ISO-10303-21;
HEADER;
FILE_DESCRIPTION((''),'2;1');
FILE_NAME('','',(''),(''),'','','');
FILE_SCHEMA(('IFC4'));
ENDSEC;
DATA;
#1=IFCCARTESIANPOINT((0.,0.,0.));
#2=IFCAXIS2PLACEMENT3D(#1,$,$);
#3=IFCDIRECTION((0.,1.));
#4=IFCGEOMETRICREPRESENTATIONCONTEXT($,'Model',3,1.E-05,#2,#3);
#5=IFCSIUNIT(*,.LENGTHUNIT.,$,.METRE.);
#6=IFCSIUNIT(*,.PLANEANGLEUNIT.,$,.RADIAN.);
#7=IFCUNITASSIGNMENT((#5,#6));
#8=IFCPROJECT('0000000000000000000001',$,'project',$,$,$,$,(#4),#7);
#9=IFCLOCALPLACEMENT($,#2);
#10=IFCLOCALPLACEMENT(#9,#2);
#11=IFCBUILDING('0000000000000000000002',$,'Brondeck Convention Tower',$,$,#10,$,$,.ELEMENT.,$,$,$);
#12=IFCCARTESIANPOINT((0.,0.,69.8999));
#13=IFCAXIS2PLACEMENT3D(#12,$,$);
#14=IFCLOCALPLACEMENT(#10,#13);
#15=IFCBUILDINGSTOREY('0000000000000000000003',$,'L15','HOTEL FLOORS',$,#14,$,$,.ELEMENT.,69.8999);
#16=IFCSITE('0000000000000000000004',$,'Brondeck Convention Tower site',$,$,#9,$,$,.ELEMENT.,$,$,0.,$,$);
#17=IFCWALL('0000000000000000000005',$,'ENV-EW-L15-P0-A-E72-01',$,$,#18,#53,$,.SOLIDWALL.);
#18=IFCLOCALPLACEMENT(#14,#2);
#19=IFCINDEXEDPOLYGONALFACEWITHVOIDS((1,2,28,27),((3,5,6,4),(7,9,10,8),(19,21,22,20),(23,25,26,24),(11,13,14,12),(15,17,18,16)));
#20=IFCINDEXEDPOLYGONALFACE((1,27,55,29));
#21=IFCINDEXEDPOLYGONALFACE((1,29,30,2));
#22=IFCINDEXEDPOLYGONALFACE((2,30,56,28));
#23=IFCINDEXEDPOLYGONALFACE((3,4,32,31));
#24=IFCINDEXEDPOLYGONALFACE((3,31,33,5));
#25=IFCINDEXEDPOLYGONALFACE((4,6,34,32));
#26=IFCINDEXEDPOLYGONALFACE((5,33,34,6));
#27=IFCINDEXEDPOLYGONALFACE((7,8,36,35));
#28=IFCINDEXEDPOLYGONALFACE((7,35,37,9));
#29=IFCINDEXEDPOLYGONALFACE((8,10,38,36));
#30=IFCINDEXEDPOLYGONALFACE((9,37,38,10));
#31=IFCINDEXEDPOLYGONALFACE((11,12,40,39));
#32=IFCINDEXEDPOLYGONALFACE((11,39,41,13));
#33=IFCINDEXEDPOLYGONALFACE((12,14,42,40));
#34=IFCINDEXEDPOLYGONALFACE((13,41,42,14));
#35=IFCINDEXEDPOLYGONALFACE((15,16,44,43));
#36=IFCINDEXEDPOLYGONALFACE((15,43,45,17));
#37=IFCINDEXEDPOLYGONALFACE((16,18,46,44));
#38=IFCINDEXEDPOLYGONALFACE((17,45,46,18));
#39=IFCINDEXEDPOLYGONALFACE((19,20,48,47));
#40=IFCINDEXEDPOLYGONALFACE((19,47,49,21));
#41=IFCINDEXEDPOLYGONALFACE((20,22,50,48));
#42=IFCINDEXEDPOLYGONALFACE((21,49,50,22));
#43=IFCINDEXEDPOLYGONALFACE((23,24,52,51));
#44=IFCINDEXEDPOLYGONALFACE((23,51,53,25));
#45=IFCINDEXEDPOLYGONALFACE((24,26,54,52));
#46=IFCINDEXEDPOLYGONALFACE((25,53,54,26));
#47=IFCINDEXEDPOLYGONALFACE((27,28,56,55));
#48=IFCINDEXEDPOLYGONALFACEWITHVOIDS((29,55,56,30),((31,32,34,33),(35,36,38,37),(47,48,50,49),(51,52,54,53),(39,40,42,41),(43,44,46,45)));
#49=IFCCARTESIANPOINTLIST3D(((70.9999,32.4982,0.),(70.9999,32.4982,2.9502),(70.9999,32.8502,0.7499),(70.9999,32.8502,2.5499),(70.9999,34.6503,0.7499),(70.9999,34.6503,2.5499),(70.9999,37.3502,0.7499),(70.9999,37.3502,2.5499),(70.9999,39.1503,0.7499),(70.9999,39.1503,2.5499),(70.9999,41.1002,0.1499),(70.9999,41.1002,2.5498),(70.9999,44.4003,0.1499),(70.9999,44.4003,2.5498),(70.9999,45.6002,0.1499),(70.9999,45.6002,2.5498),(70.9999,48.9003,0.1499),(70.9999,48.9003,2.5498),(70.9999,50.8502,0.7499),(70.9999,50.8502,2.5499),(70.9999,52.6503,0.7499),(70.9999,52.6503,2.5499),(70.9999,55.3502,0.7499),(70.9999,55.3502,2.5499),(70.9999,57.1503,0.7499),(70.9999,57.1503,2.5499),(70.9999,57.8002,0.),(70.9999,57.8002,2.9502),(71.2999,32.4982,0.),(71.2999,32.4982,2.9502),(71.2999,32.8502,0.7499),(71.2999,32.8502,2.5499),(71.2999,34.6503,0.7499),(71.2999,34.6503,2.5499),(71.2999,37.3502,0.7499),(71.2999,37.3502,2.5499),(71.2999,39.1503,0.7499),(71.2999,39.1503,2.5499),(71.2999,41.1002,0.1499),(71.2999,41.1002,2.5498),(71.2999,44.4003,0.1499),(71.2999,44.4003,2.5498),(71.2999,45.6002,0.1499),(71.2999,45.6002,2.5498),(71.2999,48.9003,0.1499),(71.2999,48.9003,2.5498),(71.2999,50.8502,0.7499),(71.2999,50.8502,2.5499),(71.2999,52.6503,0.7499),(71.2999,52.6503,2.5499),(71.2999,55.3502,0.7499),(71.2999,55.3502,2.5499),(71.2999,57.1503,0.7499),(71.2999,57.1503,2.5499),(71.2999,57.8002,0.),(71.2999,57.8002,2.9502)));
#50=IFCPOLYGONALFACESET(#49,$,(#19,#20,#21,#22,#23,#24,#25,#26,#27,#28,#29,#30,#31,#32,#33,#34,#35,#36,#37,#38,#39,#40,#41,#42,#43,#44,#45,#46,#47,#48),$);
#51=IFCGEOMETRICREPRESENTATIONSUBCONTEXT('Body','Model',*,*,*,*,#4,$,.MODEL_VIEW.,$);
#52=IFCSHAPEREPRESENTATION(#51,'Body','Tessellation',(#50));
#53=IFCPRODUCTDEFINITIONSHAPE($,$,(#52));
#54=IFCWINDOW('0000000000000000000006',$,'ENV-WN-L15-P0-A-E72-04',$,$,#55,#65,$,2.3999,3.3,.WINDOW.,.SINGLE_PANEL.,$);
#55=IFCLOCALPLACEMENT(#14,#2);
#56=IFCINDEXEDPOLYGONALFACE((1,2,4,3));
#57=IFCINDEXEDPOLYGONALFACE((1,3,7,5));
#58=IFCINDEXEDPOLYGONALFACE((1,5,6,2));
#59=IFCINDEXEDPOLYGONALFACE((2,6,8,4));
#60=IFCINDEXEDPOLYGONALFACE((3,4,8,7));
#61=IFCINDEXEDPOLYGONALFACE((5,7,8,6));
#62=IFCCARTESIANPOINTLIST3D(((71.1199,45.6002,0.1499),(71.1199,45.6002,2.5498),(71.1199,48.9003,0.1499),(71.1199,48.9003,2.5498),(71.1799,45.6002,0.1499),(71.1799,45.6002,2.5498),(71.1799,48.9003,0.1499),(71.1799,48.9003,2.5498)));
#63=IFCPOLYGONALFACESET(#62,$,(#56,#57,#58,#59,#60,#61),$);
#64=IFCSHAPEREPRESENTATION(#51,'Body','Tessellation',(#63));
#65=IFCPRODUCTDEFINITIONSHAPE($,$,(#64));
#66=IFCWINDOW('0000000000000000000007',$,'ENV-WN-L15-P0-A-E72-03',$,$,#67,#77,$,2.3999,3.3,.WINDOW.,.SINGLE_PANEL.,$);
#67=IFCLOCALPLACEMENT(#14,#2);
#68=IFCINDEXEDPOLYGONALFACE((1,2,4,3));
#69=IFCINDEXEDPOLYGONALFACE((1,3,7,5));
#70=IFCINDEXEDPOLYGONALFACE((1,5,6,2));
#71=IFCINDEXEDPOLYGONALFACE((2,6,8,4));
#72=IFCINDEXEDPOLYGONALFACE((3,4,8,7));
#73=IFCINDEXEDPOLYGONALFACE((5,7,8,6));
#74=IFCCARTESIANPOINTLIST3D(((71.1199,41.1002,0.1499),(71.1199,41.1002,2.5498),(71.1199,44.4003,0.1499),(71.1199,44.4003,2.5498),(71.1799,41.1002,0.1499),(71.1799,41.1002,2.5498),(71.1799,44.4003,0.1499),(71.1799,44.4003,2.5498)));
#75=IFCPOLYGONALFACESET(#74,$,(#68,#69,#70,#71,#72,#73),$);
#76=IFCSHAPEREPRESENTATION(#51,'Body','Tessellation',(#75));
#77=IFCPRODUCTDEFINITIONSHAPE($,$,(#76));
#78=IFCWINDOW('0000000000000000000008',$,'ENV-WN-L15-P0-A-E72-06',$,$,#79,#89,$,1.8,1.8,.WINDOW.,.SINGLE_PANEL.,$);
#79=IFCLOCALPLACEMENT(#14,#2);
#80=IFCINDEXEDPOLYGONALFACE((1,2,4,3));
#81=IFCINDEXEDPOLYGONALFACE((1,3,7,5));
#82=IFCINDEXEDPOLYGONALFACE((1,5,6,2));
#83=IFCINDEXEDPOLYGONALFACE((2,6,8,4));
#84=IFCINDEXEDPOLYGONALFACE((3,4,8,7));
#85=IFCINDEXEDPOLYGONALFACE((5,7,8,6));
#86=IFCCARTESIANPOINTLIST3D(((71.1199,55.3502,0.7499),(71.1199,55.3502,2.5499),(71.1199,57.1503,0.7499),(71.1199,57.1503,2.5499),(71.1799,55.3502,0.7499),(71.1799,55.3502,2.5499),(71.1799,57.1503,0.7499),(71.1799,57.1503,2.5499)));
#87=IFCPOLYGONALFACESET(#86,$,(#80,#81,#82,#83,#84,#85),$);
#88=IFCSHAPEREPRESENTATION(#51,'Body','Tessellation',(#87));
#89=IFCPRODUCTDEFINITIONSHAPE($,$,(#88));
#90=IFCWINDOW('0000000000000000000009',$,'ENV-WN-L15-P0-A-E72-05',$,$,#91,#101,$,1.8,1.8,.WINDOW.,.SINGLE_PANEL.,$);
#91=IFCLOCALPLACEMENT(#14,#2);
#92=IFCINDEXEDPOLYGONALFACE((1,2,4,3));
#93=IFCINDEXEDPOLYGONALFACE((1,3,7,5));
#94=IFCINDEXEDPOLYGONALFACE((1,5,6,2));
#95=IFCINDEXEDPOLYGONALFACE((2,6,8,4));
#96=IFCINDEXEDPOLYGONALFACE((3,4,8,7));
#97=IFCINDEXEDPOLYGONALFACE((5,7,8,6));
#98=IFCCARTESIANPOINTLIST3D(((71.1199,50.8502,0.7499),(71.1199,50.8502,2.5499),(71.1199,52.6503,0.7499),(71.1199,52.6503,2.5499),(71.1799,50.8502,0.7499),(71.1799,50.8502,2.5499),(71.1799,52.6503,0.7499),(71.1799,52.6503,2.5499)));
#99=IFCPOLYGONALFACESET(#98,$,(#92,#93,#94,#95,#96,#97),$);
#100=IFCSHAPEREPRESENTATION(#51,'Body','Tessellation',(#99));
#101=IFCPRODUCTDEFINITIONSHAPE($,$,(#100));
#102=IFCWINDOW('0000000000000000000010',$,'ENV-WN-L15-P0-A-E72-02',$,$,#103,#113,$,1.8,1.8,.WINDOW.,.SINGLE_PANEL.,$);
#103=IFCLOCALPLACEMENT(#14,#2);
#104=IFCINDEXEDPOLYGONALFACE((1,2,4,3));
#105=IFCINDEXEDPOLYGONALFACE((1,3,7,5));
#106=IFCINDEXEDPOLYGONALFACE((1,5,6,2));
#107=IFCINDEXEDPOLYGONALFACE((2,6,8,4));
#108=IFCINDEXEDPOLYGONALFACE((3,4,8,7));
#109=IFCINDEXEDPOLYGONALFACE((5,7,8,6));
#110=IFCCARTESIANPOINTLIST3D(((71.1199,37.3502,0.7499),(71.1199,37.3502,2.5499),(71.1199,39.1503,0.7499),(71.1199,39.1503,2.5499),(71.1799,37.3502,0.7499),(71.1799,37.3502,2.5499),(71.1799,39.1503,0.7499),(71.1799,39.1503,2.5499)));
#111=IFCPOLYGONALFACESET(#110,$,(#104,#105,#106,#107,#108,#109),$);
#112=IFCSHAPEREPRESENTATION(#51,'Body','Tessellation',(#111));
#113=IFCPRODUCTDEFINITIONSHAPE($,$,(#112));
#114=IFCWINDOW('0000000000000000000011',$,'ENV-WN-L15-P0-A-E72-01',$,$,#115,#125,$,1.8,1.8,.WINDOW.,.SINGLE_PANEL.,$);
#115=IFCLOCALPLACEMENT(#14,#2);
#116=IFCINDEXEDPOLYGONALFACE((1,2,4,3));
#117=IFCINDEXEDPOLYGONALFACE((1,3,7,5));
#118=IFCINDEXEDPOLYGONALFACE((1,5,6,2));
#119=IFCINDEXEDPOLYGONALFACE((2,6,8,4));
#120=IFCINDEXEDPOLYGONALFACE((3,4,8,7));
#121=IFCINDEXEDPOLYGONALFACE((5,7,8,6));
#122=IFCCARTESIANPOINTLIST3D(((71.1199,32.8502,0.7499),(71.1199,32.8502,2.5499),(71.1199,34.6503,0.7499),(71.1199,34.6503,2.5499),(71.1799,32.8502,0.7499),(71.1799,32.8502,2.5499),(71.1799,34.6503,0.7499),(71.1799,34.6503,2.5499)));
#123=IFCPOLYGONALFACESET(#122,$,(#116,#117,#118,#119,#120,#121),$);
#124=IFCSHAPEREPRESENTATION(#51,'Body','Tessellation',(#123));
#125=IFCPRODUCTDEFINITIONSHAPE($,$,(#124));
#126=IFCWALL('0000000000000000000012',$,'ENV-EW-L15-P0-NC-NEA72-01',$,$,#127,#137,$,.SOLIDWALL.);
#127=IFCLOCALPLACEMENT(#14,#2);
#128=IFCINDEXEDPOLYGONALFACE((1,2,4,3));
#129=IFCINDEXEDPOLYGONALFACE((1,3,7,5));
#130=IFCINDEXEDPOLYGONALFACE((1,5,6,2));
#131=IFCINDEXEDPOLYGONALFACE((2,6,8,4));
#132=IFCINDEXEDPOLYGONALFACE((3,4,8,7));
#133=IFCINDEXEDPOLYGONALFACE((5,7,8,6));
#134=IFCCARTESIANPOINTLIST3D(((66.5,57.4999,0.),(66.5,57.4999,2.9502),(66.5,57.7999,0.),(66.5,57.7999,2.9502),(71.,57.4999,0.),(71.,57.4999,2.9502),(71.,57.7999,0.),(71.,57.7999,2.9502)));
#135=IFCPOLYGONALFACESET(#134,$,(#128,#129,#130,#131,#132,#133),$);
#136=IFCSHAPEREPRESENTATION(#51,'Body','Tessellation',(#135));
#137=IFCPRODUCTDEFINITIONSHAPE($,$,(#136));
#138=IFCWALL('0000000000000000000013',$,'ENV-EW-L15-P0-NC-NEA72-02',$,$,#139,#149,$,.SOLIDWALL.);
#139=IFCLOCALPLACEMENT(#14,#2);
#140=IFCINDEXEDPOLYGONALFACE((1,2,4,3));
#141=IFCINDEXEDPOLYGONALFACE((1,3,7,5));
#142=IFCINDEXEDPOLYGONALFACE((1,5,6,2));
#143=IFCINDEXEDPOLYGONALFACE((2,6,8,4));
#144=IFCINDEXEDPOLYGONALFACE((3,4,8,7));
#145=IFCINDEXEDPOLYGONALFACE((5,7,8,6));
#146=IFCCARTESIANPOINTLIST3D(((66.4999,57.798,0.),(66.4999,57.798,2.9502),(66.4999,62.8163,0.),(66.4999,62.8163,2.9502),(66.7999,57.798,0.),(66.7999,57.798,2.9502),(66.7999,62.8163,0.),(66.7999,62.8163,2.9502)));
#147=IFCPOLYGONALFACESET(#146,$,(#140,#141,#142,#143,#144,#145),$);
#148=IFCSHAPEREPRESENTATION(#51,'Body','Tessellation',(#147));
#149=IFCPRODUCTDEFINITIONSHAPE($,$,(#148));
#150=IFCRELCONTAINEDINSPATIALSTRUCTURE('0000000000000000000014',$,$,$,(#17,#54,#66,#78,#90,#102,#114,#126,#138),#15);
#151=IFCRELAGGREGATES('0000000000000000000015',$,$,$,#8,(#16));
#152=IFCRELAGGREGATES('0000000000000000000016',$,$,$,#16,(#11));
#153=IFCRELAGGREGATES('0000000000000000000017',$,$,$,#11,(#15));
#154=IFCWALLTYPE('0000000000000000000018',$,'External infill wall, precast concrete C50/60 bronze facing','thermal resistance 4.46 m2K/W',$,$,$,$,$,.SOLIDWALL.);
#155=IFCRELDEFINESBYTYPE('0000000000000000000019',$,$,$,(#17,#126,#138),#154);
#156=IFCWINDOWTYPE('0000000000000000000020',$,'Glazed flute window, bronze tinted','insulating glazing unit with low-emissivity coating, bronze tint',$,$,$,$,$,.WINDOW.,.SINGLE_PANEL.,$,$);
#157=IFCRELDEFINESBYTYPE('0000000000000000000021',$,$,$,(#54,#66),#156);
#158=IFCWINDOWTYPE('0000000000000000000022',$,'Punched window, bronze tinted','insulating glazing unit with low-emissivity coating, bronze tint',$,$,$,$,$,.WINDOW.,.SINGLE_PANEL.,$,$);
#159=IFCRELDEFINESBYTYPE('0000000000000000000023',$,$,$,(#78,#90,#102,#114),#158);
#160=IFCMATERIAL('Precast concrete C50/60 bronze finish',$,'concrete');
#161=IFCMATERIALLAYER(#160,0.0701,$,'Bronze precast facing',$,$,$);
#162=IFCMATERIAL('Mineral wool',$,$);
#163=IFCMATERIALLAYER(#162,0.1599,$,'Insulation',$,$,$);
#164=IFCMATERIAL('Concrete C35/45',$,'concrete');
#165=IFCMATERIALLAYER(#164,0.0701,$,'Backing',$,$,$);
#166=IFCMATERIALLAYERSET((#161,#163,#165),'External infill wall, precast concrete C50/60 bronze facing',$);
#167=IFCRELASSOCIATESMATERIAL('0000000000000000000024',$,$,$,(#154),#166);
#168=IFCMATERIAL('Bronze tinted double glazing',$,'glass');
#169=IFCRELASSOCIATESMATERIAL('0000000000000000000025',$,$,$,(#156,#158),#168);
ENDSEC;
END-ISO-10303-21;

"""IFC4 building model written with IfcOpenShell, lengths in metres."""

from ifc_helpers import new_model, si_unit, direction, frame, frame_2d, origin, place, context, subcontext, project, spatial, rectangle, extrude, material, layer, layer_set, type_object, element, fill, save


model = new_model("IFC4")

# Units and contexts
model_context = context("Model", 3, precision=1e-05, world=origin(), true_north=direction((0.0, 1.0)))
body_context = subcontext(model_context, "Body", "Model", "MODEL_VIEW")
ifc_project = project(units=[si_unit("LENGTHUNIT", "METRE"), si_unit("PLANEANGLEUNIT", "RADIAN")], contexts=[model_context])

# Site, building, storey
site_placement = place(None, origin())
site = spatial("IfcSite", under=ifc_project, at=site_placement, Name="Brondeck Convention Tower site", CompositionType="ELEMENT", RefElevation=0.0)
building_placement = place(site_placement, origin())
building = spatial("IfcBuilding", under=site, at=building_placement, Name="Brondeck Convention Tower", CompositionType="ELEMENT")
storey_placement = place(building_placement, frame((0.0, 0.0, 69.8999)))
storey = spatial("IfcBuildingStorey", under=building, at=storey_placement, Name="L15", Description="HOTEL FLOORS", CompositionType="ELEMENT", Elevation=69.8999)

# Wall, openings, windows
ifc_material_1 = material(Name="Precast concrete C50/60 bronze finish", Category="concrete")
ifc_layer_1 = layer(ifc_material_1, 0.0701, Name="Bronze precast facing")
ifc_material_2 = material(Name="Mineral wool")
ifc_layer_2 = layer(ifc_material_2, 0.1599, Name="Insulation")
ifc_material_3 = material(Name="Concrete C35/45", Category="concrete")
ifc_layer_3 = layer(ifc_material_3, 0.0701, Name="Backing")
ifc_layer_set_1 = layer_set([ifc_layer_1, ifc_layer_2, ifc_layer_3], Name="External infill wall, precast concrete C50/60 bronze facing")
wall_type_1 = type_object("IfcWallType", Name="External infill wall, precast concrete C50/60 bronze facing", Description="thermal resistance 4.46 m2K/W", PredefinedType="SOLIDWALL", material=ifc_layer_set_1)
wall_1_placement = place(storey_placement, frame((71.1499, 57.8, 0.0), z_axis=(0.0, 0.0, 1.0), x_axis=(0.0, -1.0, 0.0)))
wall_1 = element("IfcWall", 1, at=wall_1_placement, inside=storey, type_object=wall_type_1, Name="ENV-EW-L15-P0-A-E72-01", PredefinedType="SOLIDWALL", context=body_context, shape_type="SweptSolid", body=[
    extrude(rectangle(XDim=25.302, YDim=0.3, at=frame_2d((12.6509, 0.0))), origin(), (0.0, 0.0, 1.0), 2.9502),
])
opening_1_placement = place(wall_1_placement, frame((0.6499, 0.0, 0.75)))
opening_1 = element("IfcOpeningElement", 2, at=opening_1_placement, cuts=wall_1, PredefinedType="OPENING", context=body_context, shape_type="SweptSolid", body=[
    extrude(rectangle(XDim=1.8, YDim=1.8, at=frame_2d((0.8999, 0.8999))), frame((0.0, 0.1599, 0.0), z_axis=(0.0, -1.0, 0.0), x_axis=(1.0, 0.0, 0.0)), (0.0, 0.0, 1.0), 0.3201),
])
opening_2_placement = place(wall_1_placement, frame((5.1499, 0.0, 0.75)))
opening_2 = element("IfcOpeningElement", 3, at=opening_2_placement, cuts=wall_1, PredefinedType="OPENING", context=body_context, shape_type="SweptSolid", body=[
    extrude(rectangle(XDim=1.8, YDim=1.8, at=frame_2d((0.8999, 0.8999))), frame((0.0, 0.1599, 0.0), z_axis=(0.0, -1.0, 0.0), x_axis=(1.0, 0.0, 0.0)), (0.0, 0.0, 1.0), 0.3201),
])
opening_3_placement = place(wall_1_placement, frame((8.8999, 0.0, 0.1499)))
opening_3 = element("IfcOpeningElement", 4, at=opening_3_placement, cuts=wall_1, PredefinedType="OPENING", context=body_context, shape_type="SweptSolid", body=[
    extrude(rectangle(XDim=3.3, YDim=2.3999, at=frame_2d((1.6499, 1.2))), frame((0.0, 0.1599, 0.0), z_axis=(0.0, -1.0, 0.0), x_axis=(1.0, 0.0, 0.0)), (0.0, 0.0, 1.0), 0.3201),
])
opening_4_placement = place(wall_1_placement, frame((13.3999, 0.0, 0.1499)))
opening_4 = element("IfcOpeningElement", 5, at=opening_4_placement, cuts=wall_1, PredefinedType="OPENING", context=body_context, shape_type="SweptSolid", body=[
    extrude(rectangle(XDim=3.3, YDim=2.3999, at=frame_2d((1.6499, 1.2))), frame((0.0, 0.1599, 0.0), z_axis=(0.0, -1.0, 0.0), x_axis=(1.0, 0.0, 0.0)), (0.0, 0.0, 1.0), 0.3201),
])
opening_5_placement = place(wall_1_placement, frame((18.6499, 0.0, 0.75)))
opening_5 = element("IfcOpeningElement", 6, at=opening_5_placement, cuts=wall_1, PredefinedType="OPENING", context=body_context, shape_type="SweptSolid", body=[
    extrude(rectangle(XDim=1.8, YDim=1.8, at=frame_2d((0.8999, 0.8999))), frame((0.0, 0.1599, 0.0), z_axis=(0.0, -1.0, 0.0), x_axis=(1.0, 0.0, 0.0)), (0.0, 0.0, 1.0), 0.3201),
])
opening_6_placement = place(wall_1_placement, frame((23.1499, 0.0, 0.75)))
opening_6 = element("IfcOpeningElement", 7, at=opening_6_placement, cuts=wall_1, PredefinedType="OPENING", context=body_context, shape_type="SweptSolid", body=[
    extrude(rectangle(XDim=1.8, YDim=1.8, at=frame_2d((0.8999, 0.8999))), frame((0.0, 0.1599, 0.0), z_axis=(0.0, -1.0, 0.0), x_axis=(1.0, 0.0, 0.0)), (0.0, 0.0, 1.0), 0.3201),
])
ifc_material_4 = material(Name="Bronze tinted double glazing", Category="glass")
window_type_1 = type_object("IfcWindowType", Name="Glazed flute window, bronze tinted", Description="insulating glazing unit with low-emissivity coating, bronze tint", PartitioningType="SINGLE_PANEL", PredefinedType="WINDOW", material=ifc_material_4)
window_1_placement = place(opening_3_placement, origin())
window_1 = element("IfcWindow", 8, at=window_1_placement, inside=storey, type_object=window_type_1, Name="ENV-WN-L15-P0-A-E72-04", OverallHeight=2.3999, OverallWidth=3.3, PartitioningType="SINGLE_PANEL", PredefinedType="WINDOW", context=body_context, shape_type="SweptSolid", body=[
    extrude(rectangle(XDim=3.3, YDim=2.3999, at=frame_2d((1.6499, 1.2))), frame((0.0, 0.03, 0.0), z_axis=(0.0, -1.0, 0.0), x_axis=(1.0, 0.0, 0.0)), (0.0, 0.0, 1.0), 0.0601),
])
fill(opening_3, window_1)
window_2_placement = place(opening_4_placement, origin())
window_2 = element("IfcWindow", 9, at=window_2_placement, inside=storey, type_object=window_type_1, Name="ENV-WN-L15-P0-A-E72-03", OverallHeight=2.3999, OverallWidth=3.3, PartitioningType="SINGLE_PANEL", PredefinedType="WINDOW", context=body_context, shape_type="SweptSolid", body=[
    extrude(rectangle(XDim=3.3, YDim=2.3999, at=frame_2d((1.6499, 1.2))), frame((0.0, 0.03, 0.0), z_axis=(0.0, -1.0, 0.0), x_axis=(1.0, 0.0, 0.0)), (0.0, 0.0, 1.0), 0.0601),
])
fill(opening_4, window_2)
window_type_2 = type_object("IfcWindowType", Name="Punched window, bronze tinted", Description="insulating glazing unit with low-emissivity coating, bronze tint", PartitioningType="SINGLE_PANEL", PredefinedType="WINDOW", material=ifc_material_4)
window_3_placement = place(opening_1_placement, origin())
window_3 = element("IfcWindow", 10, at=window_3_placement, inside=storey, type_object=window_type_2, Name="ENV-WN-L15-P0-A-E72-06", OverallHeight=1.8, OverallWidth=1.8, PartitioningType="SINGLE_PANEL", PredefinedType="WINDOW", context=body_context, shape_type="SweptSolid", body=[
    extrude(rectangle(XDim=1.8, YDim=1.8, at=frame_2d((0.8999, 0.8999))), frame((0.0, 0.03, 0.0), z_axis=(0.0, -1.0, 0.0), x_axis=(1.0, 0.0, 0.0)), (0.0, 0.0, 1.0), 0.0601),
])
fill(opening_1, window_3)
window_4_placement = place(opening_2_placement, origin())
window_4 = element("IfcWindow", 11, at=window_4_placement, inside=storey, type_object=window_type_2, Name="ENV-WN-L15-P0-A-E72-05", OverallHeight=1.8, OverallWidth=1.8, PartitioningType="SINGLE_PANEL", PredefinedType="WINDOW", context=body_context, shape_type="SweptSolid", body=[
    extrude(rectangle(XDim=1.8, YDim=1.8, at=frame_2d((0.8999, 0.8999))), frame((0.0, 0.03, 0.0), z_axis=(0.0, -1.0, 0.0), x_axis=(1.0, 0.0, 0.0)), (0.0, 0.0, 1.0), 0.0601),
])
fill(opening_2, window_4)
window_5_placement = place(opening_5_placement, origin())
window_5 = element("IfcWindow", 12, at=window_5_placement, inside=storey, type_object=window_type_2, Name="ENV-WN-L15-P0-A-E72-02", OverallHeight=1.8, OverallWidth=1.8, PartitioningType="SINGLE_PANEL", PredefinedType="WINDOW", context=body_context, shape_type="SweptSolid", body=[
    extrude(rectangle(XDim=1.8, YDim=1.8, at=frame_2d((0.8999, 0.8999))), frame((0.0, 0.03, 0.0), z_axis=(0.0, -1.0, 0.0), x_axis=(1.0, 0.0, 0.0)), (0.0, 0.0, 1.0), 0.0601),
])
fill(opening_5, window_5)
window_6_placement = place(opening_6_placement, origin())
window_6 = element("IfcWindow", 13, at=window_6_placement, inside=storey, type_object=window_type_2, Name="ENV-WN-L15-P0-A-E72-01", OverallHeight=1.8, OverallWidth=1.8, PartitioningType="SINGLE_PANEL", PredefinedType="WINDOW", context=body_context, shape_type="SweptSolid", body=[
    extrude(rectangle(XDim=1.8, YDim=1.8, at=frame_2d((0.8999, 0.8999))), frame((0.0, 0.03, 0.0), z_axis=(0.0, -1.0, 0.0), x_axis=(1.0, 0.0, 0.0)), (0.0, 0.0, 1.0), 0.0601),
])
fill(opening_6, window_6)

# Walls
wall_2_placement = place(storey_placement, frame((66.5, 57.6499, 0.0), z_axis=(0.0, 0.0, 1.0), x_axis=(1.0, 0.0, 0.0)))
element("IfcWall", 14, at=wall_2_placement, inside=storey, type_object=wall_type_1, Name="ENV-EW-L15-P0-NC-NEA72-01", PredefinedType="SOLIDWALL", context=body_context, shape_type="SweptSolid", body=[
    extrude(rectangle(XDim=4.5, YDim=0.3, at=frame_2d((2.25, 0.0))), origin(), (0.0, 0.0, 1.0), 2.9502),
])
wall_3_placement = place(storey_placement, frame((66.6499, 62.8164, 0.0), z_axis=(0.0, 0.0, 1.0), x_axis=(0.0, -1.0, 0.0)))
element("IfcWall", 15, at=wall_3_placement, inside=storey, type_object=wall_type_1, Name="ENV-EW-L15-P0-NC-NEA72-02", PredefinedType="SOLIDWALL", context=body_context, shape_type="SweptSolid", body=[
    extrude(rectangle(XDim=5.0183, YDim=0.3, at=frame_2d((2.5093, 0.0))), origin(), (0.0, 0.0, 1.0), 2.9502),
])

save(model, "model.ifc")
